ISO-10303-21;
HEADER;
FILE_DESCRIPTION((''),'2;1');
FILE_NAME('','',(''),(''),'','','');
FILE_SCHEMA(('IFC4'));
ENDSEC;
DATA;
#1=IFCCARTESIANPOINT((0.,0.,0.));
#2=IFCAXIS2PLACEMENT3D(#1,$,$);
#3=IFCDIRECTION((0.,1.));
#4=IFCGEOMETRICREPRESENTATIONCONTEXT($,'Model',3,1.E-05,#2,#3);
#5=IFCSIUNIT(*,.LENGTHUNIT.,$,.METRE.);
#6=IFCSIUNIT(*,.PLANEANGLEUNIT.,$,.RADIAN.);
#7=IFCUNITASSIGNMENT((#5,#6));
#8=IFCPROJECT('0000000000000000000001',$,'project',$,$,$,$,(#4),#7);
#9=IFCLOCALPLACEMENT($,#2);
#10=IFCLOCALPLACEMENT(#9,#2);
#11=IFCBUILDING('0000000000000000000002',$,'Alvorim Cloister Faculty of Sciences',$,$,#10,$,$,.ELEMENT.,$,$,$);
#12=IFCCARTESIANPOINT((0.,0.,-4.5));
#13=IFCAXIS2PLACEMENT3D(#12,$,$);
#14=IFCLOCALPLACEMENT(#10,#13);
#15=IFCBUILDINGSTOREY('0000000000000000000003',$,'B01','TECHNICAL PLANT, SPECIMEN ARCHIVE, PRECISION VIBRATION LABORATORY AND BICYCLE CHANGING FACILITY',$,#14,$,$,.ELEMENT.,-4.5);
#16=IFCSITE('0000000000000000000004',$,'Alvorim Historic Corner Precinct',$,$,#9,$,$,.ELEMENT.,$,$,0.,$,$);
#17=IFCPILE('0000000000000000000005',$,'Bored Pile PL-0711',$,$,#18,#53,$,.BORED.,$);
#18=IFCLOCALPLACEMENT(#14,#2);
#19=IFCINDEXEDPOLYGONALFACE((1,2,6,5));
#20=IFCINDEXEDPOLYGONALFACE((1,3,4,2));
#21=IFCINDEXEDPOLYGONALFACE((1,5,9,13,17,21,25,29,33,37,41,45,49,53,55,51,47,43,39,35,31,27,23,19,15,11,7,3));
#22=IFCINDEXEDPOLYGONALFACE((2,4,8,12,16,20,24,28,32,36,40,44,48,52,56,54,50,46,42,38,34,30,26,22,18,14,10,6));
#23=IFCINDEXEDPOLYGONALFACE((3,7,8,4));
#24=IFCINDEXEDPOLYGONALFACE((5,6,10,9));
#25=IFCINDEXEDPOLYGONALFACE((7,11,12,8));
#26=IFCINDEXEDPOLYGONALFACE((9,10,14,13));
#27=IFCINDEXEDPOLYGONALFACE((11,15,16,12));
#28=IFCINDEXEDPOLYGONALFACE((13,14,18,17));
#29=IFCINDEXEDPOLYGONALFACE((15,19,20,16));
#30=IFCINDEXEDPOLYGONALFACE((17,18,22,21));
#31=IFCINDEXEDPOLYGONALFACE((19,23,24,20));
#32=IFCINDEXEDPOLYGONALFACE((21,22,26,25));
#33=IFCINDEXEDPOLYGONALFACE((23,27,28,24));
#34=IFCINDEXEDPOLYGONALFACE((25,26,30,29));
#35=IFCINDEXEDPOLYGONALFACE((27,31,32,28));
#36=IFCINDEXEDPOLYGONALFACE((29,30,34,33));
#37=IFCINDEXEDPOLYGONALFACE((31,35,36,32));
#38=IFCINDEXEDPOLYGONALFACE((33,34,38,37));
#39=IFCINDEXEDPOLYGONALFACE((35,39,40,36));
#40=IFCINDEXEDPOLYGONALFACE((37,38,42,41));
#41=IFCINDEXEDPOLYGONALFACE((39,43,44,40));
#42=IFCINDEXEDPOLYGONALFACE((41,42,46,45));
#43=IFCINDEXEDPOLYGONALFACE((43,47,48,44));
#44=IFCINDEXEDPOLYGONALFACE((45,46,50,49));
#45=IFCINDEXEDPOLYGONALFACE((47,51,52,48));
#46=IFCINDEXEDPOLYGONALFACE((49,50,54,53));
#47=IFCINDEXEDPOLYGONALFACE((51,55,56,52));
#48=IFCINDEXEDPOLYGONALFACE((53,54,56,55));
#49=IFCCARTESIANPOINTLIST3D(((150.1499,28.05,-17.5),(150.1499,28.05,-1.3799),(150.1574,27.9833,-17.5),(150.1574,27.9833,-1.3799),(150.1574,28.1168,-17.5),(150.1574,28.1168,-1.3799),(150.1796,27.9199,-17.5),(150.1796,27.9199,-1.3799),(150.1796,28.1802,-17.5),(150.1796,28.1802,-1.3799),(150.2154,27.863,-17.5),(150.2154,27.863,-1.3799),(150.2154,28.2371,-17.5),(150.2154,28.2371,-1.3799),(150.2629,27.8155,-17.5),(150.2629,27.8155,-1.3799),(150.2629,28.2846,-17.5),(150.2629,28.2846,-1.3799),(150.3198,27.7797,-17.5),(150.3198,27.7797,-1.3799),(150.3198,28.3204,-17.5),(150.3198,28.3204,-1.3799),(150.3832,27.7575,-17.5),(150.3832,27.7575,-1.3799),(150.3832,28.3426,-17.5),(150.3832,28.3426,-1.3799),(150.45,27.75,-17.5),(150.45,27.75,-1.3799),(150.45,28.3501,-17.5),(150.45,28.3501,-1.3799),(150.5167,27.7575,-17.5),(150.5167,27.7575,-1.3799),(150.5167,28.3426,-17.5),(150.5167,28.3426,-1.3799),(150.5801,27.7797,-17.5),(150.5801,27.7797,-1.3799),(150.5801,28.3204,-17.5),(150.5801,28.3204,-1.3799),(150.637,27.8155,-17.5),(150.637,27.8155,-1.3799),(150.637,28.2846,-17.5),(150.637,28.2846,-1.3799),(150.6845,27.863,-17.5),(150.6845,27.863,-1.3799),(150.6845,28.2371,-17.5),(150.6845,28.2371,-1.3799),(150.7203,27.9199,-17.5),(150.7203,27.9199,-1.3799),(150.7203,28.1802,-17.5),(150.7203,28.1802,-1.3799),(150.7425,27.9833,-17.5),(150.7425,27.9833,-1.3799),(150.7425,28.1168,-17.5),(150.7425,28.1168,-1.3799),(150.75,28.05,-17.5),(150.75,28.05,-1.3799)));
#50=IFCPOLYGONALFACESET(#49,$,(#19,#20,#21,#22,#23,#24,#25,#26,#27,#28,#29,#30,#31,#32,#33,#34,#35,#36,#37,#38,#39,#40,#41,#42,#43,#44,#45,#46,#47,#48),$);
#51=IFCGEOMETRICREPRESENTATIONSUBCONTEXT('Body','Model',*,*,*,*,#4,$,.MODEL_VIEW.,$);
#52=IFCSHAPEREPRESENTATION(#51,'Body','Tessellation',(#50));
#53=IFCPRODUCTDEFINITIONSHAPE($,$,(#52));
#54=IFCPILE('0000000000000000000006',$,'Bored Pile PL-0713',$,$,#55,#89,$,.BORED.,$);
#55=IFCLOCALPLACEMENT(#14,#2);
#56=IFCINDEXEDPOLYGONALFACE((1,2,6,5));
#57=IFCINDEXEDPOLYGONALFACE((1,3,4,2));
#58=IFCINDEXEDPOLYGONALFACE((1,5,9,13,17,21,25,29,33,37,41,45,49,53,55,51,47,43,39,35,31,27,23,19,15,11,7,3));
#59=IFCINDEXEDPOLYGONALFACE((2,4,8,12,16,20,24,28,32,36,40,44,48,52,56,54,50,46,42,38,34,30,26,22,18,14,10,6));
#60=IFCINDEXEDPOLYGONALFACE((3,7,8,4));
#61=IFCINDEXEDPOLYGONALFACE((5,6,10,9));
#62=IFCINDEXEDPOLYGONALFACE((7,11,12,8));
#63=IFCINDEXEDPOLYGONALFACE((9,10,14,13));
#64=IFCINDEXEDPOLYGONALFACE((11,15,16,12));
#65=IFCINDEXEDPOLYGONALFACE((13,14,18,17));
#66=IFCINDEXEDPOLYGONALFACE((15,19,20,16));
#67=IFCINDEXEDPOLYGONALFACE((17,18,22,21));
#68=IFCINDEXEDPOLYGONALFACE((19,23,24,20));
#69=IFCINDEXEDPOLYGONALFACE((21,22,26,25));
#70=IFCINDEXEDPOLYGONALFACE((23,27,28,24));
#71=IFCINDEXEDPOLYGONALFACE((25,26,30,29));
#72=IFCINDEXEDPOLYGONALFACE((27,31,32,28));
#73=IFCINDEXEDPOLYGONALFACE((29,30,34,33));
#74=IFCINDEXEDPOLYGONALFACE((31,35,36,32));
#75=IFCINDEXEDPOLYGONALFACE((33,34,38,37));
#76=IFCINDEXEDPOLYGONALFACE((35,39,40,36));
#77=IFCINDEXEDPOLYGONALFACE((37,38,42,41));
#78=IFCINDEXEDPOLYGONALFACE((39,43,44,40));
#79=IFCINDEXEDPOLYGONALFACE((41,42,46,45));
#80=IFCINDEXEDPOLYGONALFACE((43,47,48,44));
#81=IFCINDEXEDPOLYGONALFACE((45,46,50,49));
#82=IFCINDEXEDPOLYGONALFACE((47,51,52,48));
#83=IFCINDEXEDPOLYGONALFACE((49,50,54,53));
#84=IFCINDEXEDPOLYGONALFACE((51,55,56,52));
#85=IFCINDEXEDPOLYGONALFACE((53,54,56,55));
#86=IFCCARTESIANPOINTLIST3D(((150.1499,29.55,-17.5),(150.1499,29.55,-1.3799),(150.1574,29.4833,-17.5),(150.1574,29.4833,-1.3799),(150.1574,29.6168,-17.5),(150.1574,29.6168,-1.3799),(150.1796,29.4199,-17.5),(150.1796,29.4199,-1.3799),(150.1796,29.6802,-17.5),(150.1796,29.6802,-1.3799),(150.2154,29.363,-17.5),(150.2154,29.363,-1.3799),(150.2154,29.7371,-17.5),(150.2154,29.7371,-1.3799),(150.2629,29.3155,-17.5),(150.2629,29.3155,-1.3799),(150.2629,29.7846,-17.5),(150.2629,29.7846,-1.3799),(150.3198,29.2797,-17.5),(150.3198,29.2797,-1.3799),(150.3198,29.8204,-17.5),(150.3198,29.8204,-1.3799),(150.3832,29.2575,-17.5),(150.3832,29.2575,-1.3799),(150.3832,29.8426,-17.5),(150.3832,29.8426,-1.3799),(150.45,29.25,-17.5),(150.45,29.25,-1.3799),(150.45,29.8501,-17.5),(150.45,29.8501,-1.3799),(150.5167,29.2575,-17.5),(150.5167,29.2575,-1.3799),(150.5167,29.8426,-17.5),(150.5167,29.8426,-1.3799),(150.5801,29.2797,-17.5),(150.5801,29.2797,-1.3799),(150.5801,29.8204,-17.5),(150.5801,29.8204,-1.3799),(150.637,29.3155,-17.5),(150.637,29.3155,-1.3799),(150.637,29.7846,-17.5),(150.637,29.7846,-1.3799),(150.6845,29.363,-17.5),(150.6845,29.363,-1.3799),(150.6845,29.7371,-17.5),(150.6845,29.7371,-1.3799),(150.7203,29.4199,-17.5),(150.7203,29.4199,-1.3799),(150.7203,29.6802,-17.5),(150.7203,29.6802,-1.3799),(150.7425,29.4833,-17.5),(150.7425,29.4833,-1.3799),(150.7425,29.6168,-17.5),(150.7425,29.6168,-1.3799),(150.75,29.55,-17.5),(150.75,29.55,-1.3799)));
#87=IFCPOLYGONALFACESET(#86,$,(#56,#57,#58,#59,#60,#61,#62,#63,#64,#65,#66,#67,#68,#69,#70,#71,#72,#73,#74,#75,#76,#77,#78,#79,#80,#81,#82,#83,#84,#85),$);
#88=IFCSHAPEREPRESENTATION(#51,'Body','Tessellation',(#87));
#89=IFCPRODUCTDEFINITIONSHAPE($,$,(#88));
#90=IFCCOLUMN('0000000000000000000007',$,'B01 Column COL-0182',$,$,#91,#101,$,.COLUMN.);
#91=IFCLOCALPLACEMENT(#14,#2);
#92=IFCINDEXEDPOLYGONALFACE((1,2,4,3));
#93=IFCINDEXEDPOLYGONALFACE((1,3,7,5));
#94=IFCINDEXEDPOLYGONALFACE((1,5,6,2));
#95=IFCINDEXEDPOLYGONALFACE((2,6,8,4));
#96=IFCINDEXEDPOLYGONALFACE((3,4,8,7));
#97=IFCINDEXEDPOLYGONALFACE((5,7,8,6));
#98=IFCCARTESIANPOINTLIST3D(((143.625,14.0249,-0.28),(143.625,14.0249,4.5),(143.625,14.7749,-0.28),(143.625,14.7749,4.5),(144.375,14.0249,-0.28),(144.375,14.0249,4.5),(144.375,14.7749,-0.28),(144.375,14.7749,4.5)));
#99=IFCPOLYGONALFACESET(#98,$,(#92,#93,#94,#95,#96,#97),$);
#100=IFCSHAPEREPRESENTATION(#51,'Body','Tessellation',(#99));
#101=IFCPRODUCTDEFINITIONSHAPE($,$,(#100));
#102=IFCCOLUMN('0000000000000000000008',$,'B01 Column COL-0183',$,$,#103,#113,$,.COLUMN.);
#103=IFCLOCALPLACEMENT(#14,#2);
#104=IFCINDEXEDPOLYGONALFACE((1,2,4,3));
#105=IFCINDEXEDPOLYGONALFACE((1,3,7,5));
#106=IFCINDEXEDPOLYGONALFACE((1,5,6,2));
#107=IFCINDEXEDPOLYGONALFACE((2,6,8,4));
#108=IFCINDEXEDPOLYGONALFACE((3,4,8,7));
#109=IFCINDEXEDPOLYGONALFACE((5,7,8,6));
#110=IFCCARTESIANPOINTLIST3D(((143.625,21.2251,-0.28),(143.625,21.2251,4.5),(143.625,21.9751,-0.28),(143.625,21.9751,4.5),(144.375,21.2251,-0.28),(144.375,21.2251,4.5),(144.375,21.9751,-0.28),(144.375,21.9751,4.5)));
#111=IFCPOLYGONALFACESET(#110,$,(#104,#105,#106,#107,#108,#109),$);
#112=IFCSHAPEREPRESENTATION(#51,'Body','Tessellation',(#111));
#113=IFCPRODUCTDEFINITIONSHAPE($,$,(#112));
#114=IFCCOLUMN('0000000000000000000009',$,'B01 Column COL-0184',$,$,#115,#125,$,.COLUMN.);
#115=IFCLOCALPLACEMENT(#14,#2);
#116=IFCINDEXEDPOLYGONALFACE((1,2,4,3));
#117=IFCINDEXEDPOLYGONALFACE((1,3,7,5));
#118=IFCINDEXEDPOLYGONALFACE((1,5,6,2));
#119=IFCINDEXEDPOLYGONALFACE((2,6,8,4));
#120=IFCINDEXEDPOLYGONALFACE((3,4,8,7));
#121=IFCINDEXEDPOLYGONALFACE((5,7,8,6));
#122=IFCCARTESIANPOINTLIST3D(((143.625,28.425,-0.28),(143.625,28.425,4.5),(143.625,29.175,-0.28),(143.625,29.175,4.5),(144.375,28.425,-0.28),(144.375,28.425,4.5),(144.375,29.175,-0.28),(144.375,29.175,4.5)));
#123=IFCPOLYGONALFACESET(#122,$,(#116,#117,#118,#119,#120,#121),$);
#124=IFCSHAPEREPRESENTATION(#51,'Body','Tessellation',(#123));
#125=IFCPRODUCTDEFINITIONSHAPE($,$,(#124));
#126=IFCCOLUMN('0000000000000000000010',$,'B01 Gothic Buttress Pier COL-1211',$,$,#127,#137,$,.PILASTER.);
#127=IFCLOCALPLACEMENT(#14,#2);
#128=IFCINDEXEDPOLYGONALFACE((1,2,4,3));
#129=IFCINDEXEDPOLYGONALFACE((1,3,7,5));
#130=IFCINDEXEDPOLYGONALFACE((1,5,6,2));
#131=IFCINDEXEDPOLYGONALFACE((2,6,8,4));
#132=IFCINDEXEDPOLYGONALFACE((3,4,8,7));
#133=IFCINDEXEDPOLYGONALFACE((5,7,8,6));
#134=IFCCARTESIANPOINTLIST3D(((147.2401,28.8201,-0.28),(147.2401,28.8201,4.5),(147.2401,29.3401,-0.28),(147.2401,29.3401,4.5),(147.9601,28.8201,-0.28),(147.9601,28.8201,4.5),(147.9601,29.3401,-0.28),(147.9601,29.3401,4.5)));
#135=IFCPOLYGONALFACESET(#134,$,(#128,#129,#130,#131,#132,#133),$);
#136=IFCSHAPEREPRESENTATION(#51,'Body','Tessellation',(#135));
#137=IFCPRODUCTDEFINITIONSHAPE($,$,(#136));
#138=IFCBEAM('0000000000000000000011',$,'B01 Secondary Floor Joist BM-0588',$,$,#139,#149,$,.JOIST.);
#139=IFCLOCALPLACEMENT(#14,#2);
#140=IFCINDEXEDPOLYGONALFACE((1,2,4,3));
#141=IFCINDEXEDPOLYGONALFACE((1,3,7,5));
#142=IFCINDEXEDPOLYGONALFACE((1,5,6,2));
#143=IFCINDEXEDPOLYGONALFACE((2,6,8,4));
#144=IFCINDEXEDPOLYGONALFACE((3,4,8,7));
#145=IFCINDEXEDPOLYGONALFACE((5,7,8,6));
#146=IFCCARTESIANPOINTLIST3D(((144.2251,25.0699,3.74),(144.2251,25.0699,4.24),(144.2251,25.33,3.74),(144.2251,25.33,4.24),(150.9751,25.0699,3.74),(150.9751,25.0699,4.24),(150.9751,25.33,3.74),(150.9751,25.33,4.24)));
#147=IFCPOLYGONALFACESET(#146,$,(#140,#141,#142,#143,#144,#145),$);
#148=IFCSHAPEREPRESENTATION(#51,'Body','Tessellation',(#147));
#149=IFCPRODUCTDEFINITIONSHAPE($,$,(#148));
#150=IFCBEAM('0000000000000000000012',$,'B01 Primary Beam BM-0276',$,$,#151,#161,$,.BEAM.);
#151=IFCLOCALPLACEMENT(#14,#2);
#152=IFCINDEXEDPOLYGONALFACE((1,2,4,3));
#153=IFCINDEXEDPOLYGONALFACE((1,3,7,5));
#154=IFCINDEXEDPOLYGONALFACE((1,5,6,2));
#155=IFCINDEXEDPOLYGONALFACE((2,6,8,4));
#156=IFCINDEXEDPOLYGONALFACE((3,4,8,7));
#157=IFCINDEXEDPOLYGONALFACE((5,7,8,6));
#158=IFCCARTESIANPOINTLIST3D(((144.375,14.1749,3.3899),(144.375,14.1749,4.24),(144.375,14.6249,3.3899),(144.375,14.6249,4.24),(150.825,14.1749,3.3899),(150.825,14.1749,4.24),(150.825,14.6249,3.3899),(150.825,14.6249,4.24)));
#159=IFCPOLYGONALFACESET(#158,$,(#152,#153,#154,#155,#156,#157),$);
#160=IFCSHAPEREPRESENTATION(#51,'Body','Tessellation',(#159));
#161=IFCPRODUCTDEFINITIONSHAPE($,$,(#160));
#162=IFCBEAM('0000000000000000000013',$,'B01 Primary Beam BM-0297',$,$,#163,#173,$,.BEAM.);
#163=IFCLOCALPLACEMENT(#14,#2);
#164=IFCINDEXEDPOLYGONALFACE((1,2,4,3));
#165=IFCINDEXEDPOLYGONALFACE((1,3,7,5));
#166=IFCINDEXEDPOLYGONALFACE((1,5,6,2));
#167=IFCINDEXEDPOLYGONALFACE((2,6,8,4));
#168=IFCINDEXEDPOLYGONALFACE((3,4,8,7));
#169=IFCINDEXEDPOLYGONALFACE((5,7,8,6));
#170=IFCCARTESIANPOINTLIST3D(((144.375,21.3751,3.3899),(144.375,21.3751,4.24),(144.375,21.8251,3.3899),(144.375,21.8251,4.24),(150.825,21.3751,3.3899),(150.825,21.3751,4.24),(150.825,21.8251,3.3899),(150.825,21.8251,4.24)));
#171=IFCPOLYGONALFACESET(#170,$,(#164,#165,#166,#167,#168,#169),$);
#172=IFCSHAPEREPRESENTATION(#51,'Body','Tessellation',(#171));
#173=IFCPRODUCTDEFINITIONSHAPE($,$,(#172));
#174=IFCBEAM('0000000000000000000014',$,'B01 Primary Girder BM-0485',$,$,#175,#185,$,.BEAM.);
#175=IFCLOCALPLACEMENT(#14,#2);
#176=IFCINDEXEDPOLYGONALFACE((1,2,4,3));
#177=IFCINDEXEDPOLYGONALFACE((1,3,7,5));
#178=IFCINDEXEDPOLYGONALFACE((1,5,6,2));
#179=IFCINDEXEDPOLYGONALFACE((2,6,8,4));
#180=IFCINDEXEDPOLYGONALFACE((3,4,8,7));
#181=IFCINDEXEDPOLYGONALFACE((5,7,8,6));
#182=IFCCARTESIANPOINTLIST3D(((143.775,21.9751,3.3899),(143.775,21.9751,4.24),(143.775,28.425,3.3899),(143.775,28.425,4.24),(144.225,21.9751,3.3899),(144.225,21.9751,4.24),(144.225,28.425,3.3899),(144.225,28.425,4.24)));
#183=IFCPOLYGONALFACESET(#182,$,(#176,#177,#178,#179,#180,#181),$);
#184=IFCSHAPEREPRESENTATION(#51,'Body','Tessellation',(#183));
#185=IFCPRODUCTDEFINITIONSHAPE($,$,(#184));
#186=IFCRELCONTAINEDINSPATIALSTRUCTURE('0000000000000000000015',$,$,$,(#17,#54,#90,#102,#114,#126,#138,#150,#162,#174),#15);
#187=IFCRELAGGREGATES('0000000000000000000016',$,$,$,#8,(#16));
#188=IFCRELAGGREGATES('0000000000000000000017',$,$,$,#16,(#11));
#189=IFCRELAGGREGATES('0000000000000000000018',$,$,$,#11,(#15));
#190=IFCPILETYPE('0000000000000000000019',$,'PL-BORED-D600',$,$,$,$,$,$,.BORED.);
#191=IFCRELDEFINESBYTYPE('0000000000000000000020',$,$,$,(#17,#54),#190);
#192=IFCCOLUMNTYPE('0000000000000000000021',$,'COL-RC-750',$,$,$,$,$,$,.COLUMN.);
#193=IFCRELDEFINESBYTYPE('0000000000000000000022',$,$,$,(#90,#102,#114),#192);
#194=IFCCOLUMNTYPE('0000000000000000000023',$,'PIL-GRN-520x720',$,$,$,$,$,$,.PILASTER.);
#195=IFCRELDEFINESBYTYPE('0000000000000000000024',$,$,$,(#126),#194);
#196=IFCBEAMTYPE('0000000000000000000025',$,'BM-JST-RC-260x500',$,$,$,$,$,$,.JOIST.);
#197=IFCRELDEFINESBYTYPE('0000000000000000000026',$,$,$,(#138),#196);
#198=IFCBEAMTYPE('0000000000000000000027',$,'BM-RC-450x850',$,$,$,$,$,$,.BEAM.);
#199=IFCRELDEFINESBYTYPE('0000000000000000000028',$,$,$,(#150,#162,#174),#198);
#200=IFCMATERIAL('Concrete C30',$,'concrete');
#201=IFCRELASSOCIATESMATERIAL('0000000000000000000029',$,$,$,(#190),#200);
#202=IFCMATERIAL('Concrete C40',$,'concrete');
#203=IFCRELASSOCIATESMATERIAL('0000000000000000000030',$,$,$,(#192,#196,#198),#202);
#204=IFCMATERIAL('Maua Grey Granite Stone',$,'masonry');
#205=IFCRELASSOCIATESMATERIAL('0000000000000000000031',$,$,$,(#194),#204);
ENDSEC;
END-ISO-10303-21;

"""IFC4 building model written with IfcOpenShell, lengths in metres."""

from ifc_helpers import new_model, si_unit, direction, frame, origin, origin_2d, place, context, subcontext, project, spatial, rectangle, circle, extrude, material, material_profile, profile_set, type_object, element, save


model = new_model("IFC4")

# Units and contexts
model_context = context("Model", 3, precision=1e-05, world=origin(), true_north=direction((0.0, 1.0)))
body_context = subcontext(model_context, "Body", "Model", "MODEL_VIEW")
ifc_project = project(units=[si_unit("LENGTHUNIT", "METRE"), si_unit("PLANEANGLEUNIT", "RADIAN")], contexts=[model_context])

# Site, building, storey
site_placement = place(None, origin())
site = spatial("IfcSite", under=ifc_project, at=site_placement, Name="Alvorim Historic Corner Precinct", CompositionType="ELEMENT", RefElevation=0.0)
building_placement = place(site_placement, origin())
building = spatial("IfcBuilding", under=site, at=building_placement, Name="Alvorim Cloister Faculty of Sciences", CompositionType="ELEMENT")
storey_placement = place(building_placement, frame((0.0, 0.0, -4.5)))
storey = spatial("IfcBuildingStorey", under=building, at=storey_placement, Name="B01", Description="TECHNICAL PLANT, SPECIMEN ARCHIVE, PRECISION VIBRATION LABORATORY AND BICYCLE CHANGING FACILITY", CompositionType="ELEMENT", Elevation=-4.5)

# Shared definitions
ifc_material_1 = material(Name="Concrete C40", Category="concrete")

# Piles
ifc_material_2 = material(Name="Concrete C30", Category="concrete")
ifc_material_profile_1 = material_profile(ifc_material_2, circle(Radius=0.3, at=origin_2d()), Name="PILE-D600")
ifc_profile_set_1 = profile_set([ifc_material_profile_1], Name="Concrete C30")
pile_type = type_object("IfcPileType", Name="PL-BORED-D600", PredefinedType="BORED", material=ifc_profile_set_1)
for number, where, z_axis, x_axis, name in (
    (1, (150.45, 28.05, -1.3799), (0.0, 0.0, -1.0), (1.0, 0.0, 0.0), "Bored Pile PL-0711"),
    (2, (150.45, 29.55, -1.3799), (0.0, 0.0, -1.0), (1.0, 0.0, 0.0), "Bored Pile PL-0713"),
):
    element("IfcPile", number, at=place(storey_placement, frame(where, z_axis=z_axis, x_axis=x_axis)), inside=storey, type_object=pile_type, Name=name, PredefinedType="BORED", context=body_context, shape_type="SweptSolid", body=[
        extrude(circle(Radius=0.3, at=origin_2d()), origin(), (0.0, 0.0, 1.0), 16.1201),
    ])

# Columns
ifc_material_profile_2 = material_profile(ifc_material_1, rectangle(XDim=0.75, YDim=0.75, at=origin_2d()), Name="RC40-COL-750x750")
ifc_profile_set_2 = profile_set([ifc_material_profile_2], Name="Concrete C40")
column_type_1 = type_object("IfcColumnType", Name="COL-RC-750", PredefinedType="COLUMN", material=ifc_profile_set_2)
for number, where, z_axis, x_axis, name in (
    (3, (144.0, 14.3999, -0.28), (0.0, 0.0, 1.0), (1.0, 0.0, 0.0), "B01 Column COL-0182"),
    (4, (144.0, 21.6001, -0.28), (0.0, 0.0, 1.0), (1.0, 0.0, 0.0), "B01 Column COL-0183"),
    (5, (144.0, 28.8, -0.28), (0.0, 0.0, 1.0), (1.0, 0.0, 0.0), "B01 Column COL-0184"),
):
    element("IfcColumn", number, at=place(storey_placement, frame(where, z_axis=z_axis, x_axis=x_axis)), inside=storey, type_object=column_type_1, Name=name, PredefinedType="COLUMN", context=body_context, shape_type="SweptSolid", body=[
        extrude(rectangle(XDim=0.75, YDim=0.75, at=origin_2d()), origin(), (0.0, 0.0, 1.0), 4.78),
    ])
ifc_material_3 = material(Name="Maua Grey Granite Stone", Category="masonry")
ifc_material_profile_3 = material_profile(ifc_material_3, rectangle(XDim=0.52, YDim=0.72, at=origin_2d()), Name="GRN-PIER-520x720")
ifc_profile_set_3 = profile_set([ifc_material_profile_3], Name="Maua Grey Granite Stone")
column_type_2 = type_object("IfcColumnType", Name="PIL-GRN-520x720", PredefinedType="PILASTER", material=ifc_profile_set_3)
column_placement = place(storey_placement, frame((147.6001, 29.0801, -0.28), z_axis=(0.0, 0.0, 1.0), x_axis=(0.0, 1.0, 0.0)))
element("IfcColumn", 6, at=column_placement, inside=storey, type_object=column_type_2, Name="B01 Gothic Buttress Pier COL-1211", PredefinedType="PILASTER", context=body_context, shape_type="SweptSolid", body=[
    extrude(rectangle(XDim=0.52, YDim=0.72, at=origin_2d()), origin(), (0.0, 0.0, 1.0), 4.78),
])

# Beams
ifc_material_profile_4 = material_profile(ifc_material_1, rectangle(XDim=0.26, YDim=0.5, at=origin_2d()), Name="RC40-JST-260x500")
ifc_profile_set_4 = profile_set([ifc_material_profile_4], Name="Concrete C40")
beam_type_1 = type_object("IfcBeamType", Name="BM-JST-RC-260x500", PredefinedType="JOIST", material=ifc_profile_set_4)
beam_placement = place(storey_placement, frame((144.2251, 25.2, 3.99), z_axis=(1.0, 0.0, 0.0), x_axis=(0.0, 1.0, 0.0)))
element("IfcBeam", 7, at=beam_placement, inside=storey, type_object=beam_type_1, Name="B01 Secondary Floor Joist BM-0588", PredefinedType="JOIST", context=body_context, shape_type="SweptSolid", body=[
    extrude(rectangle(XDim=0.26, YDim=0.5, at=origin_2d()), origin(), (0.0, 0.0, 1.0), 6.75),
])
ifc_material_profile_5 = material_profile(ifc_material_1, rectangle(XDim=0.45, YDim=0.8501, at=origin_2d()), Name="RC40-BM-450x850")
ifc_profile_set_5 = profile_set([ifc_material_profile_5], Name="Concrete C40")
beam_type_2 = type_object("IfcBeamType", Name="BM-RC-450x850", PredefinedType="BEAM", material=ifc_profile_set_5)
for number, where, z_axis, x_axis, name in (
    (8, (144.375, 14.3999, 3.8149), (1.0, 0.0, 0.0), (0.0, 1.0, 0.0), "B01 Primary Beam BM-0276"),
    (9, (144.375, 21.6001, 3.8149), (1.0, 0.0, 0.0), (0.0, 1.0, 0.0), "B01 Primary Beam BM-0297"),
    (10, (144.0, 21.9751, 3.8149), (0.0, 1.0, 0.0), (-1.0, 0.0, 0.0), "B01 Primary Girder BM-0485"),
):
    element("IfcBeam", number, at=place(storey_placement, frame(where, z_axis=z_axis, x_axis=x_axis)), inside=storey, type_object=beam_type_2, Name=name, PredefinedType="BEAM", context=body_context, shape_type="SweptSolid", body=[
        extrude(rectangle(XDim=0.45, YDim=0.8501, at=origin_2d()), origin(), (0.0, 0.0, 1.0), 6.45),
    ])

save(model, "model.ifc")
